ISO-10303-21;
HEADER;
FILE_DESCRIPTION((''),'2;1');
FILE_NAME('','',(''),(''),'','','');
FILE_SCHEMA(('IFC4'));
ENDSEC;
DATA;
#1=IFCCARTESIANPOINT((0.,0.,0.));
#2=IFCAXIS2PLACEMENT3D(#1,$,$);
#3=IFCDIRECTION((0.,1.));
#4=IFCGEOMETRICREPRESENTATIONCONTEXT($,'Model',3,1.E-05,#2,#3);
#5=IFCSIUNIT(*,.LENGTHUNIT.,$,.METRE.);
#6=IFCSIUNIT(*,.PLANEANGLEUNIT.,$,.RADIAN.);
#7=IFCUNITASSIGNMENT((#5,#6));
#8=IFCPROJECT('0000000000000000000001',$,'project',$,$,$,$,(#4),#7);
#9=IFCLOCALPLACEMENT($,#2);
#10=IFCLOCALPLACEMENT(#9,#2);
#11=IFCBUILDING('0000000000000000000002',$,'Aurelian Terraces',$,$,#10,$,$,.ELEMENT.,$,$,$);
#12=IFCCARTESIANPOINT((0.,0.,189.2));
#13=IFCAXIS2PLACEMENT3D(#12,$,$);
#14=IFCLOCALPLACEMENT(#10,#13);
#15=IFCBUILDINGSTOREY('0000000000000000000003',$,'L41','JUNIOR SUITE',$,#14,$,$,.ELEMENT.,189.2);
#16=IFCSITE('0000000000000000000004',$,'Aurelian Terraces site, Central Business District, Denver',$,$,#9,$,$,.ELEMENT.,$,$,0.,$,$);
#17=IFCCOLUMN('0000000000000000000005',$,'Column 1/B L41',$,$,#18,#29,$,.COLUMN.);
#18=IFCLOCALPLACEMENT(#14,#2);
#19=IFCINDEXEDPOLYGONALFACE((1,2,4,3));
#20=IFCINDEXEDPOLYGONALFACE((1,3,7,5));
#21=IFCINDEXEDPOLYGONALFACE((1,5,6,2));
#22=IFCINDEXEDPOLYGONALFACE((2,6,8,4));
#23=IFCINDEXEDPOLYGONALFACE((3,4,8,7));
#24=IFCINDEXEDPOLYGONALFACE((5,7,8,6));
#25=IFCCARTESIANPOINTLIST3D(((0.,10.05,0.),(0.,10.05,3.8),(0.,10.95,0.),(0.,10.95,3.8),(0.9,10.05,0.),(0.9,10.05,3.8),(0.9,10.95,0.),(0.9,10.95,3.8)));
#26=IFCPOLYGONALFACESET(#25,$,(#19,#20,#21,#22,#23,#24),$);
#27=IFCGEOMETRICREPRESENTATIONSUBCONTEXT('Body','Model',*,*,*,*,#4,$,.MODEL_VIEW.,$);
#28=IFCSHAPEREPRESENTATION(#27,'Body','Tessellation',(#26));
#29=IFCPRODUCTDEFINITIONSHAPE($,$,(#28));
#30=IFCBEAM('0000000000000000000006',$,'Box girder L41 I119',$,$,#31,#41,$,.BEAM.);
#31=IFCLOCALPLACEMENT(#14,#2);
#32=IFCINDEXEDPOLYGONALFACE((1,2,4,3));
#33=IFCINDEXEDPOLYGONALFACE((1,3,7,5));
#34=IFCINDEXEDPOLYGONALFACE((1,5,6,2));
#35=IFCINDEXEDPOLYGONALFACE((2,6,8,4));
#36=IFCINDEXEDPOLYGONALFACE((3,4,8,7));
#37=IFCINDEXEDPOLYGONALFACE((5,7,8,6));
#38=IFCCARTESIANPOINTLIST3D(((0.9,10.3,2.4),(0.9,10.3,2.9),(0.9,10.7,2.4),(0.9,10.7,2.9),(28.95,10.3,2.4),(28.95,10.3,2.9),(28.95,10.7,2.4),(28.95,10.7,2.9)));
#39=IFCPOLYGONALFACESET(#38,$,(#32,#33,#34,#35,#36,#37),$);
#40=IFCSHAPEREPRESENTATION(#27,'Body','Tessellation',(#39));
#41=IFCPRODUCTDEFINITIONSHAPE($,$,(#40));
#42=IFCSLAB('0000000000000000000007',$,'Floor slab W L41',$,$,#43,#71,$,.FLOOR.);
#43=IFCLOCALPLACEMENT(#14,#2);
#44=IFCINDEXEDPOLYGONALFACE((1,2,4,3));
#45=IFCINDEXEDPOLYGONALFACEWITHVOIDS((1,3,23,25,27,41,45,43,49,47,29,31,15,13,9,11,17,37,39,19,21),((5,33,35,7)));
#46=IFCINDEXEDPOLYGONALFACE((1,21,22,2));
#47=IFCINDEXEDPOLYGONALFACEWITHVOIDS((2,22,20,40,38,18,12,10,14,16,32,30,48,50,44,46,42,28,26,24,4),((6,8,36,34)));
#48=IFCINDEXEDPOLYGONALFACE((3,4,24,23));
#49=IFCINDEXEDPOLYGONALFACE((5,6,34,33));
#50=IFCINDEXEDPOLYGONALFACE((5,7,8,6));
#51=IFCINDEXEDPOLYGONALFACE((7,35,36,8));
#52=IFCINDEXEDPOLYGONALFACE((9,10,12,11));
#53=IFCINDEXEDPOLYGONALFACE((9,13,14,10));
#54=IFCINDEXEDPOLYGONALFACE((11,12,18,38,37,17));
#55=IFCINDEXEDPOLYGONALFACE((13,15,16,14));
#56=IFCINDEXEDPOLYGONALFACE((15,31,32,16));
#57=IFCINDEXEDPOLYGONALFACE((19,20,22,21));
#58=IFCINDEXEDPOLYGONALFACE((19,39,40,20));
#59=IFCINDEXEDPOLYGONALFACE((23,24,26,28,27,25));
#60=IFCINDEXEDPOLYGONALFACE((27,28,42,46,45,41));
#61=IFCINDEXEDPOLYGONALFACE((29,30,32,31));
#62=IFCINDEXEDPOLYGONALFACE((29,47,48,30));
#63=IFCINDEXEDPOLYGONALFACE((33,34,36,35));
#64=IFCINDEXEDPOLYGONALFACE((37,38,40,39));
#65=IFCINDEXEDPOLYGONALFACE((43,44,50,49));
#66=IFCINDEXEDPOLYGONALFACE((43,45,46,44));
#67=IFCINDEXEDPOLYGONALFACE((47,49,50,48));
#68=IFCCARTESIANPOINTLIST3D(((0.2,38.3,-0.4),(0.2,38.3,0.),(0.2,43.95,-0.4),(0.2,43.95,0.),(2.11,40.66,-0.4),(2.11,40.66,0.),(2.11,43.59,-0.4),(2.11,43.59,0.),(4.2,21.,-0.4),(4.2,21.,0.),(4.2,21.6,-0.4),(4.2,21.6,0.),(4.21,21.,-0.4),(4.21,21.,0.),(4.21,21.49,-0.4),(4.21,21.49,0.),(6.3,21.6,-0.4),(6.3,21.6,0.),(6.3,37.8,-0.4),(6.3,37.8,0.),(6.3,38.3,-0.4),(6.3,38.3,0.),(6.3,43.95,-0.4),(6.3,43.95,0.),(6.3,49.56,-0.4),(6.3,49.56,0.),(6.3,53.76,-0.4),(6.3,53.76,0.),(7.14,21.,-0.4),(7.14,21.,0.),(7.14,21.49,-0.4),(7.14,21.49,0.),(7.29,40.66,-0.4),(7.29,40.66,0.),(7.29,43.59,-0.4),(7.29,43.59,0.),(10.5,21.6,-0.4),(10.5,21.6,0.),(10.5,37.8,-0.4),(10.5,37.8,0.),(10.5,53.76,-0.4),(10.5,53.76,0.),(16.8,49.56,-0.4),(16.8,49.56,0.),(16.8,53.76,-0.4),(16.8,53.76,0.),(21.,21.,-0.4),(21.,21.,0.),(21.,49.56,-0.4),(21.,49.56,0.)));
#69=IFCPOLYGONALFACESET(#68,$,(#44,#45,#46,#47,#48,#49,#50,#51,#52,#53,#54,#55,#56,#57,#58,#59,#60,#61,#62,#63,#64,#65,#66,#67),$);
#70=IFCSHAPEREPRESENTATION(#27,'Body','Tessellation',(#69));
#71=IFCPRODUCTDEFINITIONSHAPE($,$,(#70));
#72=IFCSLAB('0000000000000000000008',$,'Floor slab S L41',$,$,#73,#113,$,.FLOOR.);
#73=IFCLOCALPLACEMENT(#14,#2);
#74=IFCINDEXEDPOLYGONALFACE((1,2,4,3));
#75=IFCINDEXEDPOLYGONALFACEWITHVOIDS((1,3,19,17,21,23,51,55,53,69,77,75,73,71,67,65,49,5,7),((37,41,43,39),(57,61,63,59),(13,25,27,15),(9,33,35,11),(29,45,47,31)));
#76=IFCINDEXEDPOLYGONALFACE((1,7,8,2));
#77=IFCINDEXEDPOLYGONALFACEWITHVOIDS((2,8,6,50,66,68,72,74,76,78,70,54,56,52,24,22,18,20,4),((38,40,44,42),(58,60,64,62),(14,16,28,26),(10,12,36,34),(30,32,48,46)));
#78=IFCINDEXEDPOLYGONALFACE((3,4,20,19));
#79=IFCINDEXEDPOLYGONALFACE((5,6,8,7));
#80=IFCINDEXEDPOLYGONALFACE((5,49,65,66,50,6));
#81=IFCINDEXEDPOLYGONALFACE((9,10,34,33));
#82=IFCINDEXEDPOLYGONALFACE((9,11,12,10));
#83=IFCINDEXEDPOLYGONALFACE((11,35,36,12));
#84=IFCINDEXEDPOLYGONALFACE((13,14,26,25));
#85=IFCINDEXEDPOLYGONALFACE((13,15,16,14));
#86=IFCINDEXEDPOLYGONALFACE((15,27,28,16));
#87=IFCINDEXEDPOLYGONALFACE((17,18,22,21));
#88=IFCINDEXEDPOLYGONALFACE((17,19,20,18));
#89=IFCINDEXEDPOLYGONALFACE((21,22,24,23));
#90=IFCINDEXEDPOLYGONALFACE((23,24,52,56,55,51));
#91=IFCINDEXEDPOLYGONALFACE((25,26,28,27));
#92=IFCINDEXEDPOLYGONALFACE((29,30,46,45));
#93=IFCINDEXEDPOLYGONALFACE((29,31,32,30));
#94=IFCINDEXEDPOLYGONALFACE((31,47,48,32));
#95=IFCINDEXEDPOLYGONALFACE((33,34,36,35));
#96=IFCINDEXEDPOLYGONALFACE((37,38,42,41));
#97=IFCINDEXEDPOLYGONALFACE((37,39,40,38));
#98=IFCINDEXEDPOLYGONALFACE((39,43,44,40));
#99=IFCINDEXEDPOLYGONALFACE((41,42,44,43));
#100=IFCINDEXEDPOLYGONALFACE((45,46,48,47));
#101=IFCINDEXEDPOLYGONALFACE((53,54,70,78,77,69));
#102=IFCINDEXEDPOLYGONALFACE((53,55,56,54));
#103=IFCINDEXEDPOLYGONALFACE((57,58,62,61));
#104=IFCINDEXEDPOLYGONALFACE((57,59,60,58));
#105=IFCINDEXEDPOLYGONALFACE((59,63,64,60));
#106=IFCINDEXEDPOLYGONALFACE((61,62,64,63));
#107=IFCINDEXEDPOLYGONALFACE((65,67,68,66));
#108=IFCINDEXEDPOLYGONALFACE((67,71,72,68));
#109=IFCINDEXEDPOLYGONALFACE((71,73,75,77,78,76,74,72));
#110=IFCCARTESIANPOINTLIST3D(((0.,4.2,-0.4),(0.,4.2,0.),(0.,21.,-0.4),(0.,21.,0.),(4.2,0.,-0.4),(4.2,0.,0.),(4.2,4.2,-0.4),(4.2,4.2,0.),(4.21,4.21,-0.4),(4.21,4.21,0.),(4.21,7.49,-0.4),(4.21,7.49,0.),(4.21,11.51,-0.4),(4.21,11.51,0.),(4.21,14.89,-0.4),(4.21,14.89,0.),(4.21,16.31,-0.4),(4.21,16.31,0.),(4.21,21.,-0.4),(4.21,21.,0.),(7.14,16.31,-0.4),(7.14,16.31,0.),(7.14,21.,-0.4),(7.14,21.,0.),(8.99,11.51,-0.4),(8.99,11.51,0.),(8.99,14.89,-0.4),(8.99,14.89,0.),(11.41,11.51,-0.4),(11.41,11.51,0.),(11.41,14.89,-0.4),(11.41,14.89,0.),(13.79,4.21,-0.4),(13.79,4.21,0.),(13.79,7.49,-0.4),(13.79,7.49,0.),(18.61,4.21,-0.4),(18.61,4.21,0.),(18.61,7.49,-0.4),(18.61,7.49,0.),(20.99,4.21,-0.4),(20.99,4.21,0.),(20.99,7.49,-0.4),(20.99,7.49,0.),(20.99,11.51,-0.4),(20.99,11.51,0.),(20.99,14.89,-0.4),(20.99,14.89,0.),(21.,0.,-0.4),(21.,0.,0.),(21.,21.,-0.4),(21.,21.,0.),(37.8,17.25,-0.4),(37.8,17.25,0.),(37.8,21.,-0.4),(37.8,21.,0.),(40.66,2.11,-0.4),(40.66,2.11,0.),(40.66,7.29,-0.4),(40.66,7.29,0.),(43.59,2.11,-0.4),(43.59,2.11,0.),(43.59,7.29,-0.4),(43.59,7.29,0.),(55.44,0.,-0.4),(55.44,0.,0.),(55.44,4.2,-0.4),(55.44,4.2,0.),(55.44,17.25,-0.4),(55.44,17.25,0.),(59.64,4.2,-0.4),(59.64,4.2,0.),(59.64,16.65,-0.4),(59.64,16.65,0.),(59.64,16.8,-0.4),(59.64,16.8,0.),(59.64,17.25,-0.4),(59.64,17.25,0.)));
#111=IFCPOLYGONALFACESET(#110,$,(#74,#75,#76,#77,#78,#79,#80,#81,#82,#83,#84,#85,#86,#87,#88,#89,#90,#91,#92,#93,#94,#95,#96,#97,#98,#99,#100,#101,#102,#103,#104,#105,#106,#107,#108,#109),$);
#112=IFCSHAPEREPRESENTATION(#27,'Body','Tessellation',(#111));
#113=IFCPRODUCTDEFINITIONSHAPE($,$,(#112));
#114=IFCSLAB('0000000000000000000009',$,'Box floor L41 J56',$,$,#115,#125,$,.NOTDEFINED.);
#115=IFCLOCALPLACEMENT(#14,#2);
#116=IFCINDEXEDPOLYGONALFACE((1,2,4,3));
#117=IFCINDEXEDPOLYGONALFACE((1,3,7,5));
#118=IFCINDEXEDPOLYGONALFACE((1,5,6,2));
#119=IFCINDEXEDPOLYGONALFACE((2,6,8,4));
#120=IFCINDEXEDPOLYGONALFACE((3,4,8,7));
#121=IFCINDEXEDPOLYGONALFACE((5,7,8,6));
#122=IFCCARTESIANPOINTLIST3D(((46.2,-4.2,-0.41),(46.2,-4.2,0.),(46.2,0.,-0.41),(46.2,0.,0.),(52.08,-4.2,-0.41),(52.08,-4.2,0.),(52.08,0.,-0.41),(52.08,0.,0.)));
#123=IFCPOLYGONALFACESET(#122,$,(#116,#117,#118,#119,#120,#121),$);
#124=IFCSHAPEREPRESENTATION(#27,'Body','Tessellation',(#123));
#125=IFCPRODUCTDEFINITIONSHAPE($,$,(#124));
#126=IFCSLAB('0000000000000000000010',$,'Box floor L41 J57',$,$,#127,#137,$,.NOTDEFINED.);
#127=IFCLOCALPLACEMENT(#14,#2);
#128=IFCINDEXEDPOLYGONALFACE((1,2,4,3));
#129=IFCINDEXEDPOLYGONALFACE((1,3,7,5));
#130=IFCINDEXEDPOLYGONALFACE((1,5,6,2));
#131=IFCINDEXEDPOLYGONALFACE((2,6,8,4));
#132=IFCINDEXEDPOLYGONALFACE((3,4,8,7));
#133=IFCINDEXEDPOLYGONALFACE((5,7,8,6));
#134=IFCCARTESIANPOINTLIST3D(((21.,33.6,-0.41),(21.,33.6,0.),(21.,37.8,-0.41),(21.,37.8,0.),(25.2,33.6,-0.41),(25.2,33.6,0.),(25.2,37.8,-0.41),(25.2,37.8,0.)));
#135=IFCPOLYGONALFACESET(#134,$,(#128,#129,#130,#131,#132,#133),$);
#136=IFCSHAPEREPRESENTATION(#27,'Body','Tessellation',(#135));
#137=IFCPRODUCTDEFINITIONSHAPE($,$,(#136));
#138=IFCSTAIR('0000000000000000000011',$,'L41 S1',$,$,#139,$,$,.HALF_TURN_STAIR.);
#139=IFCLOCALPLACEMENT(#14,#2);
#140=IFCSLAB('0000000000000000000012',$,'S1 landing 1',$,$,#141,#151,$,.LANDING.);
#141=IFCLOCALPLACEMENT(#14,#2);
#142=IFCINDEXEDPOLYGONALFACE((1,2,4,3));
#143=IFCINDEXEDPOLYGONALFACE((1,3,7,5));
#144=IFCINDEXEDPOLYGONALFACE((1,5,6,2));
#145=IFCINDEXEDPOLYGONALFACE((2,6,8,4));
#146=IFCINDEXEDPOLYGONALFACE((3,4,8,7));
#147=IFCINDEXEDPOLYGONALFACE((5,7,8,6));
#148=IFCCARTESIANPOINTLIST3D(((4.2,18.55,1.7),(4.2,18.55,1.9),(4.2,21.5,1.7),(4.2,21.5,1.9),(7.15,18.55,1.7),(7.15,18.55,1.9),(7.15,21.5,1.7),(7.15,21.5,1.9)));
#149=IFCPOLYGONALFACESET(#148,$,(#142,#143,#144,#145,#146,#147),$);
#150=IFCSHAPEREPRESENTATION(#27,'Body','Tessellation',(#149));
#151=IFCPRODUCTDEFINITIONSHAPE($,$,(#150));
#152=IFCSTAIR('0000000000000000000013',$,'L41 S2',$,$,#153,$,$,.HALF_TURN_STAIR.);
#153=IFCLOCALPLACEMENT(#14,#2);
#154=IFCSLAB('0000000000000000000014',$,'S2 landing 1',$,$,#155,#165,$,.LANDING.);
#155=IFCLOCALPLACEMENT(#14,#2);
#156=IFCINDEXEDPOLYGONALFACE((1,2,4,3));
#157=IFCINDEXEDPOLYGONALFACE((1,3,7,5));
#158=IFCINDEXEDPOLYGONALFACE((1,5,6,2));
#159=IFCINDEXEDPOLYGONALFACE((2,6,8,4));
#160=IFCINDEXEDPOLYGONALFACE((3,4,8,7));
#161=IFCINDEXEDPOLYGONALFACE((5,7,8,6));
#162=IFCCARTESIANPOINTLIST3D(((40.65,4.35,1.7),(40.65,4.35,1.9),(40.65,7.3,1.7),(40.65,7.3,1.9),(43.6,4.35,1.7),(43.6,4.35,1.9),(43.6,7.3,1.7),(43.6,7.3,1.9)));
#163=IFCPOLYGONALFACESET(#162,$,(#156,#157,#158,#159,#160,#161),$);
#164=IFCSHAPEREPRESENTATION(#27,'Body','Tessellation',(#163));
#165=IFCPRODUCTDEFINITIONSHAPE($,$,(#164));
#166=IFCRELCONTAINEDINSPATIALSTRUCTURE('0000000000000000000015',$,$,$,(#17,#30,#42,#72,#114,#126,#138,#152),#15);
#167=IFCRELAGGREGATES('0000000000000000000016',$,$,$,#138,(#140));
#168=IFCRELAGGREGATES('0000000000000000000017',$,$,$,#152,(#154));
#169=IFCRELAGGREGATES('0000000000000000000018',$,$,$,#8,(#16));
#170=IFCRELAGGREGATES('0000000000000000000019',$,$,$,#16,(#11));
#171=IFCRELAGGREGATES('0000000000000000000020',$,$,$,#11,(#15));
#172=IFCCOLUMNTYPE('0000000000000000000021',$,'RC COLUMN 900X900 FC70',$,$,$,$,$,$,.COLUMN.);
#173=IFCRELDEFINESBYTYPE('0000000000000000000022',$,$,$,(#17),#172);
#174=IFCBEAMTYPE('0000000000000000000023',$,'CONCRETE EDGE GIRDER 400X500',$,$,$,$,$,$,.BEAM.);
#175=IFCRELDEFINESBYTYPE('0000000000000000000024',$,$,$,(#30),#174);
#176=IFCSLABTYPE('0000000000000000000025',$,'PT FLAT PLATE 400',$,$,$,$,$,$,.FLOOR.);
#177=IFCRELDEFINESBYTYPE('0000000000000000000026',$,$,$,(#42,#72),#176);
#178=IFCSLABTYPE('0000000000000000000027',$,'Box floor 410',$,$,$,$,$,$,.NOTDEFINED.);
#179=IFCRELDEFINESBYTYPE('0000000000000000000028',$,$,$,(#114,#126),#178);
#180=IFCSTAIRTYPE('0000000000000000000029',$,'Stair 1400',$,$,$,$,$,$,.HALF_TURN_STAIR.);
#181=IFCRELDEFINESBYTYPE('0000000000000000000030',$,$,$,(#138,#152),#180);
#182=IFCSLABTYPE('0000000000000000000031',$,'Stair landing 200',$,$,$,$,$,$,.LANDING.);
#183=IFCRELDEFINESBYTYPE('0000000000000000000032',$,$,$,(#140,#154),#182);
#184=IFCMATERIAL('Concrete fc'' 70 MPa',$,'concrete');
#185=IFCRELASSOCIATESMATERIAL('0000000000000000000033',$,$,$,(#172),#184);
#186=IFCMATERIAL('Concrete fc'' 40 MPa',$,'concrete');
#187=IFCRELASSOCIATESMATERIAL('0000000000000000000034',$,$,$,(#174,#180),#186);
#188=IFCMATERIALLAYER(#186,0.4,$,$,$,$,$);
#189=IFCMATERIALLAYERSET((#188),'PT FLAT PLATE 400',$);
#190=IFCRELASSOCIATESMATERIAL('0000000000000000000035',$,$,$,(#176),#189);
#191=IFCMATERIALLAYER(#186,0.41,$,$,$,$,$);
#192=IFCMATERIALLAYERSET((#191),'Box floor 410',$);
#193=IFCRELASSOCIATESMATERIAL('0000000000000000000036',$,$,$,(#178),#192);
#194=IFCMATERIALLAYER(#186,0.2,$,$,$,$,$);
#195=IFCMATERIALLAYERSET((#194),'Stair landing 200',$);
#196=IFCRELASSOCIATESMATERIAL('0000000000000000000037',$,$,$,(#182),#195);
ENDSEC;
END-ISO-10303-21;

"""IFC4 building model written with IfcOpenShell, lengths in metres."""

from ifc_helpers import new_model, si_unit, direction, frame, origin, origin_2d, place, context, subcontext, project, spatial, polyline, rectangle, outline, extrude, source, transform, mapped, material, layer, layer_set, material_profile, profile_set, type_object, element, aggregate, save


model = new_model("IFC4")

# Units and contexts
model_context = context("Model", 3, precision=1e-05, world=origin(), true_north=direction((0.0, 1.0)))
body_context = subcontext(model_context, "Body", "Model", "MODEL_VIEW")
ifc_project = project(units=[si_unit("LENGTHUNIT", "METRE"), si_unit("PLANEANGLEUNIT", "RADIAN")], contexts=[model_context])

# Site, building, storey
site_placement = place(None, origin())
site = spatial("IfcSite", under=ifc_project, at=site_placement, Name="Aurelian Terraces site, Central Business District, Denver", CompositionType="ELEMENT", RefElevation=0.0)
building_placement = place(site_placement, origin())
building = spatial("IfcBuilding", under=site, at=building_placement, Name="Aurelian Terraces", CompositionType="ELEMENT")
storey_placement = place(building_placement, frame((0.0, 0.0, 189.2)))
storey = spatial("IfcBuildingStorey", under=building, at=storey_placement, Name="L41", Description="JUNIOR SUITE", CompositionType="ELEMENT", Elevation=189.2)

# Column
ifc_material_1 = material(Name="Concrete fc' 70 MPa", Category="concrete")
ifc_material_profile_1 = material_profile(ifc_material_1, rectangle(XDim=0.9, YDim=0.9, at=origin_2d()))
ifc_profile_set_1 = profile_set([ifc_material_profile_1], Name="Concrete fc' 70 MPa")
column_type = type_object("IfcColumnType", Name="RC COLUMN 900X900 FC70", PredefinedType="COLUMN", material=ifc_profile_set_1)
shared_shape_1 = source(origin(), body_context, "Body", "SweptSolid", [
    extrude(rectangle(XDim=0.9, YDim=0.9, at=origin_2d()), origin(), (0.0, 0.0, 1.0), 3.8),
])
column_placement = place(storey_placement, frame((0.45, 10.5, 0.0), z_axis=(0.0, 0.0, 1.0), x_axis=(1.0, 0.0, 0.0)))
element("IfcColumn", 1, at=column_placement, inside=storey, type_object=column_type, Name="Column 1/B L41", PredefinedType="COLUMN", context=body_context, shape_type="MappedRepresentation", body=[
    mapped(shared_shape_1, transform((0.0, 0.0, 0.0), scale=1.0)),
])

# Beam
ifc_material_2 = material(Name="Concrete fc' 40 MPa", Category="concrete")
ifc_material_profile_2 = material_profile(ifc_material_2, rectangle(XDim=0.4, YDim=0.5, at=origin_2d()))
ifc_profile_set_2 = profile_set([ifc_material_profile_2], Name="Concrete fc' 40 MPa")
beam_type = type_object("IfcBeamType", Name="CONCRETE EDGE GIRDER 400X500", PredefinedType="BEAM", material=ifc_profile_set_2)
shared_shape_2 = source(origin(), body_context, "Body", "SweptSolid", [
    extrude(rectangle(XDim=0.4, YDim=0.5, at=origin_2d()), origin(), (0.0, 0.0, 1.0), 28.05),
])
beam_placement = place(storey_placement, frame((0.9, 10.5, 2.65), z_axis=(1.0, 0.0, 0.0), x_axis=(0.0, 1.0, 0.0)))
element("IfcBeam", 2, at=beam_placement, inside=storey, type_object=beam_type, Name="Box girder L41 I119", PredefinedType="BEAM", context=body_context, shape_type="MappedRepresentation", body=[
    mapped(shared_shape_2, transform((0.0, 0.0, 0.0), scale=1.0)),
])

# Slabs
ifc_layer_1 = layer(ifc_material_2, 0.4)
ifc_layer_set_1 = layer_set([ifc_layer_1], Name="PT FLAT PLATE 400")
slab_type_1 = type_object("IfcSlabType", Name="PT FLAT PLATE 400", PredefinedType="FLOOR", material=ifc_layer_set_1)
shared_shape_3 = source(origin(), body_context, "Body", "SweptSolid", [
    extrude(outline(polyline([(6.3, 43.95), (6.3, 49.56), (6.3, 53.76), (10.5, 53.76), (16.8, 53.76), (16.8, 49.56), (21.0, 49.56), (21.0, 21.0), (7.14, 21.0), (7.14, 21.49), (4.21, 21.49), (4.21, 21.0), (4.2, 21.0), (4.2, 21.6), (6.3, 21.6), (10.5, 21.6), (10.5, 37.8), (6.3, 37.8), (6.3, 38.3), (0.2, 38.3), (0.2, 43.95), (6.3, 43.95)]), holes=[polyline([(7.29, 43.59), (2.11, 43.59), (2.11, 40.66), (7.29, 40.66), (7.29, 43.59)])]), origin(), (0.0, 0.0, 1.0), 0.4),
])
slab_1_placement = place(storey_placement, frame((0.0, 0.0, -0.4)))
element("IfcSlab", 3, at=slab_1_placement, inside=storey, type_object=slab_type_1, Name="Floor slab W L41", PredefinedType="FLOOR", context=body_context, shape_type="MappedRepresentation", body=[
    mapped(shared_shape_3, transform((0.0, 0.0, 0.0), scale=1.0)),
])
shared_shape_4 = source(origin(), body_context, "Body", "SweptSolid", [
    extrude(outline(polyline([(59.64, 4.2), (55.44, 4.2), (55.44, 0.0), (21.0, 0.0), (4.2, 0.0), (4.2, 4.2), (0.0, 4.2), (0.0, 21.0), (4.21, 21.0), (4.21, 16.31), (7.14, 16.31), (7.14, 21.0), (21.0, 21.0), (37.8, 21.0), (37.8, 17.25), (55.44, 17.25), (59.64, 17.25), (59.64, 16.8), (59.64, 16.65), (59.64, 4.2)]), holes=[polyline([(40.66, 2.11), (43.59, 2.11), (43.59, 7.29), (40.66, 7.29), (40.66, 2.11)]), polyline([(18.61, 7.49), (18.61, 4.21), (20.99, 4.21), (20.99, 7.49), (18.61, 7.49)]), polyline([(20.99, 14.89), (11.41, 14.89), (11.41, 11.51), (20.99, 11.51), (20.99, 14.89)]), polyline([(4.21, 7.49), (4.21, 4.21), (13.79, 4.21), (13.79, 7.49), (4.21, 7.49)]), polyline([(4.21, 14.89), (4.21, 11.51), (8.99, 11.51), (8.99, 14.89), (4.21, 14.89)])]), origin(), (0.0, 0.0, 1.0), 0.4),
])
slab_2_placement = place(storey_placement, frame((0.0, 0.0, -0.4)))
element("IfcSlab", 4, at=slab_2_placement, inside=storey, type_object=slab_type_1, Name="Floor slab S L41", PredefinedType="FLOOR", context=body_context, shape_type="MappedRepresentation", body=[
    mapped(shared_shape_4, transform((0.0, 0.0, 0.0), scale=1.0)),
])
ifc_layer_2 = layer(ifc_material_2, 0.41)
ifc_layer_set_2 = layer_set([ifc_layer_2], Name="Box floor 410")
slab_type_2 = type_object("IfcSlabType", Name="Box floor 410", PredefinedType="NOTDEFINED", material=ifc_layer_set_2)
shared_shape_5 = source(origin(), body_context, "Body", "SweptSolid", [
    extrude(outline(polyline([(46.2, -4.2), (52.08, -4.2), (52.08, 0.0), (46.2, 0.0), (46.2, -4.2)])), origin(), (0.0, 0.0, 1.0), 0.41),
])
slab_3_placement = place(storey_placement, frame((0.0, 0.0, -0.41)))
element("IfcSlab", 5, at=slab_3_placement, inside=storey, type_object=slab_type_2, Name="Box floor L41 J56", PredefinedType="NOTDEFINED", context=body_context, shape_type="MappedRepresentation", body=[
    mapped(shared_shape_5, transform((0.0, 0.0, 0.0), scale=1.0)),
])
shared_shape_6 = source(origin(), body_context, "Body", "SweptSolid", [
    extrude(outline(polyline([(25.2, 33.6), (25.2, 37.8), (21.0, 37.8), (21.0, 33.6), (25.2, 33.6)])), origin(), (0.0, 0.0, 1.0), 0.41),
])
slab_4_placement = place(storey_placement, frame((0.0, 0.0, -0.41)))
element("IfcSlab", 6, at=slab_4_placement, inside=storey, type_object=slab_type_2, Name="Box floor L41 J57", PredefinedType="NOTDEFINED", context=body_context, shape_type="MappedRepresentation", body=[
    mapped(shared_shape_6, transform((0.0, 0.0, 0.0), scale=1.0)),
])

# Stairs, slabs
stair_type = type_object("IfcStairType", Name="Stair 1400", PredefinedType="HALF_TURN_STAIR", material=ifc_material_2)
stair_1_placement = place(storey_placement, origin())
stair_1 = element("IfcStair", 7, at=stair_1_placement, inside=storey, type_object=stair_type, Name="L41 S1", PredefinedType="HALF_TURN_STAIR")
ifc_layer_3 = layer(ifc_material_2, 0.2)
ifc_layer_set_3 = layer_set([ifc_layer_3], Name="Stair landing 200")
slab_type_3 = type_object("IfcSlabType", Name="Stair landing 200", PredefinedType="LANDING", material=ifc_layer_set_3)
shared_shape_7 = source(origin(), body_context, "Body", "SweptSolid", [
    extrude(outline(polyline([(7.15, 18.55), (7.15, 21.5), (4.2, 21.5), (4.2, 18.55), (7.15, 18.55)])), origin(), (0.0, 0.0, 1.0), 0.2),
])
slab_5_placement = place(storey_placement, frame((0.0, 0.0, 1.7)))
slab_5 = element("IfcSlab", 8, at=slab_5_placement, type_object=slab_type_3, Name="S1 landing 1", PredefinedType="LANDING", context=body_context, shape_type="MappedRepresentation", body=[
    mapped(shared_shape_7, transform((0.0, 0.0, 0.0), scale=1.0)),
])
aggregate(stair_1, [slab_5])
stair_2_placement = place(storey_placement, origin())
stair_2 = element("IfcStair", 9, at=stair_2_placement, inside=storey, type_object=stair_type, Name="L41 S2", PredefinedType="HALF_TURN_STAIR")
shared_shape_8 = source(origin(), body_context, "Body", "SweptSolid", [
    extrude(outline(polyline([(43.6, 4.35), (43.6, 7.3), (40.65, 7.3), (40.65, 4.35), (43.6, 4.35)])), origin(), (0.0, 0.0, 1.0), 0.2),
])
slab_6_placement = place(storey_placement, frame((0.0, 0.0, 1.7)))
slab_6 = element("IfcSlab", 10, at=slab_6_placement, type_object=slab_type_3, Name="S2 landing 1", PredefinedType="LANDING", context=body_context, shape_type="MappedRepresentation", body=[
    mapped(shared_shape_8, transform((0.0, 0.0, 0.0), scale=1.0)),
])
aggregate(stair_2, [slab_6])

save(model, "model.ifc")
